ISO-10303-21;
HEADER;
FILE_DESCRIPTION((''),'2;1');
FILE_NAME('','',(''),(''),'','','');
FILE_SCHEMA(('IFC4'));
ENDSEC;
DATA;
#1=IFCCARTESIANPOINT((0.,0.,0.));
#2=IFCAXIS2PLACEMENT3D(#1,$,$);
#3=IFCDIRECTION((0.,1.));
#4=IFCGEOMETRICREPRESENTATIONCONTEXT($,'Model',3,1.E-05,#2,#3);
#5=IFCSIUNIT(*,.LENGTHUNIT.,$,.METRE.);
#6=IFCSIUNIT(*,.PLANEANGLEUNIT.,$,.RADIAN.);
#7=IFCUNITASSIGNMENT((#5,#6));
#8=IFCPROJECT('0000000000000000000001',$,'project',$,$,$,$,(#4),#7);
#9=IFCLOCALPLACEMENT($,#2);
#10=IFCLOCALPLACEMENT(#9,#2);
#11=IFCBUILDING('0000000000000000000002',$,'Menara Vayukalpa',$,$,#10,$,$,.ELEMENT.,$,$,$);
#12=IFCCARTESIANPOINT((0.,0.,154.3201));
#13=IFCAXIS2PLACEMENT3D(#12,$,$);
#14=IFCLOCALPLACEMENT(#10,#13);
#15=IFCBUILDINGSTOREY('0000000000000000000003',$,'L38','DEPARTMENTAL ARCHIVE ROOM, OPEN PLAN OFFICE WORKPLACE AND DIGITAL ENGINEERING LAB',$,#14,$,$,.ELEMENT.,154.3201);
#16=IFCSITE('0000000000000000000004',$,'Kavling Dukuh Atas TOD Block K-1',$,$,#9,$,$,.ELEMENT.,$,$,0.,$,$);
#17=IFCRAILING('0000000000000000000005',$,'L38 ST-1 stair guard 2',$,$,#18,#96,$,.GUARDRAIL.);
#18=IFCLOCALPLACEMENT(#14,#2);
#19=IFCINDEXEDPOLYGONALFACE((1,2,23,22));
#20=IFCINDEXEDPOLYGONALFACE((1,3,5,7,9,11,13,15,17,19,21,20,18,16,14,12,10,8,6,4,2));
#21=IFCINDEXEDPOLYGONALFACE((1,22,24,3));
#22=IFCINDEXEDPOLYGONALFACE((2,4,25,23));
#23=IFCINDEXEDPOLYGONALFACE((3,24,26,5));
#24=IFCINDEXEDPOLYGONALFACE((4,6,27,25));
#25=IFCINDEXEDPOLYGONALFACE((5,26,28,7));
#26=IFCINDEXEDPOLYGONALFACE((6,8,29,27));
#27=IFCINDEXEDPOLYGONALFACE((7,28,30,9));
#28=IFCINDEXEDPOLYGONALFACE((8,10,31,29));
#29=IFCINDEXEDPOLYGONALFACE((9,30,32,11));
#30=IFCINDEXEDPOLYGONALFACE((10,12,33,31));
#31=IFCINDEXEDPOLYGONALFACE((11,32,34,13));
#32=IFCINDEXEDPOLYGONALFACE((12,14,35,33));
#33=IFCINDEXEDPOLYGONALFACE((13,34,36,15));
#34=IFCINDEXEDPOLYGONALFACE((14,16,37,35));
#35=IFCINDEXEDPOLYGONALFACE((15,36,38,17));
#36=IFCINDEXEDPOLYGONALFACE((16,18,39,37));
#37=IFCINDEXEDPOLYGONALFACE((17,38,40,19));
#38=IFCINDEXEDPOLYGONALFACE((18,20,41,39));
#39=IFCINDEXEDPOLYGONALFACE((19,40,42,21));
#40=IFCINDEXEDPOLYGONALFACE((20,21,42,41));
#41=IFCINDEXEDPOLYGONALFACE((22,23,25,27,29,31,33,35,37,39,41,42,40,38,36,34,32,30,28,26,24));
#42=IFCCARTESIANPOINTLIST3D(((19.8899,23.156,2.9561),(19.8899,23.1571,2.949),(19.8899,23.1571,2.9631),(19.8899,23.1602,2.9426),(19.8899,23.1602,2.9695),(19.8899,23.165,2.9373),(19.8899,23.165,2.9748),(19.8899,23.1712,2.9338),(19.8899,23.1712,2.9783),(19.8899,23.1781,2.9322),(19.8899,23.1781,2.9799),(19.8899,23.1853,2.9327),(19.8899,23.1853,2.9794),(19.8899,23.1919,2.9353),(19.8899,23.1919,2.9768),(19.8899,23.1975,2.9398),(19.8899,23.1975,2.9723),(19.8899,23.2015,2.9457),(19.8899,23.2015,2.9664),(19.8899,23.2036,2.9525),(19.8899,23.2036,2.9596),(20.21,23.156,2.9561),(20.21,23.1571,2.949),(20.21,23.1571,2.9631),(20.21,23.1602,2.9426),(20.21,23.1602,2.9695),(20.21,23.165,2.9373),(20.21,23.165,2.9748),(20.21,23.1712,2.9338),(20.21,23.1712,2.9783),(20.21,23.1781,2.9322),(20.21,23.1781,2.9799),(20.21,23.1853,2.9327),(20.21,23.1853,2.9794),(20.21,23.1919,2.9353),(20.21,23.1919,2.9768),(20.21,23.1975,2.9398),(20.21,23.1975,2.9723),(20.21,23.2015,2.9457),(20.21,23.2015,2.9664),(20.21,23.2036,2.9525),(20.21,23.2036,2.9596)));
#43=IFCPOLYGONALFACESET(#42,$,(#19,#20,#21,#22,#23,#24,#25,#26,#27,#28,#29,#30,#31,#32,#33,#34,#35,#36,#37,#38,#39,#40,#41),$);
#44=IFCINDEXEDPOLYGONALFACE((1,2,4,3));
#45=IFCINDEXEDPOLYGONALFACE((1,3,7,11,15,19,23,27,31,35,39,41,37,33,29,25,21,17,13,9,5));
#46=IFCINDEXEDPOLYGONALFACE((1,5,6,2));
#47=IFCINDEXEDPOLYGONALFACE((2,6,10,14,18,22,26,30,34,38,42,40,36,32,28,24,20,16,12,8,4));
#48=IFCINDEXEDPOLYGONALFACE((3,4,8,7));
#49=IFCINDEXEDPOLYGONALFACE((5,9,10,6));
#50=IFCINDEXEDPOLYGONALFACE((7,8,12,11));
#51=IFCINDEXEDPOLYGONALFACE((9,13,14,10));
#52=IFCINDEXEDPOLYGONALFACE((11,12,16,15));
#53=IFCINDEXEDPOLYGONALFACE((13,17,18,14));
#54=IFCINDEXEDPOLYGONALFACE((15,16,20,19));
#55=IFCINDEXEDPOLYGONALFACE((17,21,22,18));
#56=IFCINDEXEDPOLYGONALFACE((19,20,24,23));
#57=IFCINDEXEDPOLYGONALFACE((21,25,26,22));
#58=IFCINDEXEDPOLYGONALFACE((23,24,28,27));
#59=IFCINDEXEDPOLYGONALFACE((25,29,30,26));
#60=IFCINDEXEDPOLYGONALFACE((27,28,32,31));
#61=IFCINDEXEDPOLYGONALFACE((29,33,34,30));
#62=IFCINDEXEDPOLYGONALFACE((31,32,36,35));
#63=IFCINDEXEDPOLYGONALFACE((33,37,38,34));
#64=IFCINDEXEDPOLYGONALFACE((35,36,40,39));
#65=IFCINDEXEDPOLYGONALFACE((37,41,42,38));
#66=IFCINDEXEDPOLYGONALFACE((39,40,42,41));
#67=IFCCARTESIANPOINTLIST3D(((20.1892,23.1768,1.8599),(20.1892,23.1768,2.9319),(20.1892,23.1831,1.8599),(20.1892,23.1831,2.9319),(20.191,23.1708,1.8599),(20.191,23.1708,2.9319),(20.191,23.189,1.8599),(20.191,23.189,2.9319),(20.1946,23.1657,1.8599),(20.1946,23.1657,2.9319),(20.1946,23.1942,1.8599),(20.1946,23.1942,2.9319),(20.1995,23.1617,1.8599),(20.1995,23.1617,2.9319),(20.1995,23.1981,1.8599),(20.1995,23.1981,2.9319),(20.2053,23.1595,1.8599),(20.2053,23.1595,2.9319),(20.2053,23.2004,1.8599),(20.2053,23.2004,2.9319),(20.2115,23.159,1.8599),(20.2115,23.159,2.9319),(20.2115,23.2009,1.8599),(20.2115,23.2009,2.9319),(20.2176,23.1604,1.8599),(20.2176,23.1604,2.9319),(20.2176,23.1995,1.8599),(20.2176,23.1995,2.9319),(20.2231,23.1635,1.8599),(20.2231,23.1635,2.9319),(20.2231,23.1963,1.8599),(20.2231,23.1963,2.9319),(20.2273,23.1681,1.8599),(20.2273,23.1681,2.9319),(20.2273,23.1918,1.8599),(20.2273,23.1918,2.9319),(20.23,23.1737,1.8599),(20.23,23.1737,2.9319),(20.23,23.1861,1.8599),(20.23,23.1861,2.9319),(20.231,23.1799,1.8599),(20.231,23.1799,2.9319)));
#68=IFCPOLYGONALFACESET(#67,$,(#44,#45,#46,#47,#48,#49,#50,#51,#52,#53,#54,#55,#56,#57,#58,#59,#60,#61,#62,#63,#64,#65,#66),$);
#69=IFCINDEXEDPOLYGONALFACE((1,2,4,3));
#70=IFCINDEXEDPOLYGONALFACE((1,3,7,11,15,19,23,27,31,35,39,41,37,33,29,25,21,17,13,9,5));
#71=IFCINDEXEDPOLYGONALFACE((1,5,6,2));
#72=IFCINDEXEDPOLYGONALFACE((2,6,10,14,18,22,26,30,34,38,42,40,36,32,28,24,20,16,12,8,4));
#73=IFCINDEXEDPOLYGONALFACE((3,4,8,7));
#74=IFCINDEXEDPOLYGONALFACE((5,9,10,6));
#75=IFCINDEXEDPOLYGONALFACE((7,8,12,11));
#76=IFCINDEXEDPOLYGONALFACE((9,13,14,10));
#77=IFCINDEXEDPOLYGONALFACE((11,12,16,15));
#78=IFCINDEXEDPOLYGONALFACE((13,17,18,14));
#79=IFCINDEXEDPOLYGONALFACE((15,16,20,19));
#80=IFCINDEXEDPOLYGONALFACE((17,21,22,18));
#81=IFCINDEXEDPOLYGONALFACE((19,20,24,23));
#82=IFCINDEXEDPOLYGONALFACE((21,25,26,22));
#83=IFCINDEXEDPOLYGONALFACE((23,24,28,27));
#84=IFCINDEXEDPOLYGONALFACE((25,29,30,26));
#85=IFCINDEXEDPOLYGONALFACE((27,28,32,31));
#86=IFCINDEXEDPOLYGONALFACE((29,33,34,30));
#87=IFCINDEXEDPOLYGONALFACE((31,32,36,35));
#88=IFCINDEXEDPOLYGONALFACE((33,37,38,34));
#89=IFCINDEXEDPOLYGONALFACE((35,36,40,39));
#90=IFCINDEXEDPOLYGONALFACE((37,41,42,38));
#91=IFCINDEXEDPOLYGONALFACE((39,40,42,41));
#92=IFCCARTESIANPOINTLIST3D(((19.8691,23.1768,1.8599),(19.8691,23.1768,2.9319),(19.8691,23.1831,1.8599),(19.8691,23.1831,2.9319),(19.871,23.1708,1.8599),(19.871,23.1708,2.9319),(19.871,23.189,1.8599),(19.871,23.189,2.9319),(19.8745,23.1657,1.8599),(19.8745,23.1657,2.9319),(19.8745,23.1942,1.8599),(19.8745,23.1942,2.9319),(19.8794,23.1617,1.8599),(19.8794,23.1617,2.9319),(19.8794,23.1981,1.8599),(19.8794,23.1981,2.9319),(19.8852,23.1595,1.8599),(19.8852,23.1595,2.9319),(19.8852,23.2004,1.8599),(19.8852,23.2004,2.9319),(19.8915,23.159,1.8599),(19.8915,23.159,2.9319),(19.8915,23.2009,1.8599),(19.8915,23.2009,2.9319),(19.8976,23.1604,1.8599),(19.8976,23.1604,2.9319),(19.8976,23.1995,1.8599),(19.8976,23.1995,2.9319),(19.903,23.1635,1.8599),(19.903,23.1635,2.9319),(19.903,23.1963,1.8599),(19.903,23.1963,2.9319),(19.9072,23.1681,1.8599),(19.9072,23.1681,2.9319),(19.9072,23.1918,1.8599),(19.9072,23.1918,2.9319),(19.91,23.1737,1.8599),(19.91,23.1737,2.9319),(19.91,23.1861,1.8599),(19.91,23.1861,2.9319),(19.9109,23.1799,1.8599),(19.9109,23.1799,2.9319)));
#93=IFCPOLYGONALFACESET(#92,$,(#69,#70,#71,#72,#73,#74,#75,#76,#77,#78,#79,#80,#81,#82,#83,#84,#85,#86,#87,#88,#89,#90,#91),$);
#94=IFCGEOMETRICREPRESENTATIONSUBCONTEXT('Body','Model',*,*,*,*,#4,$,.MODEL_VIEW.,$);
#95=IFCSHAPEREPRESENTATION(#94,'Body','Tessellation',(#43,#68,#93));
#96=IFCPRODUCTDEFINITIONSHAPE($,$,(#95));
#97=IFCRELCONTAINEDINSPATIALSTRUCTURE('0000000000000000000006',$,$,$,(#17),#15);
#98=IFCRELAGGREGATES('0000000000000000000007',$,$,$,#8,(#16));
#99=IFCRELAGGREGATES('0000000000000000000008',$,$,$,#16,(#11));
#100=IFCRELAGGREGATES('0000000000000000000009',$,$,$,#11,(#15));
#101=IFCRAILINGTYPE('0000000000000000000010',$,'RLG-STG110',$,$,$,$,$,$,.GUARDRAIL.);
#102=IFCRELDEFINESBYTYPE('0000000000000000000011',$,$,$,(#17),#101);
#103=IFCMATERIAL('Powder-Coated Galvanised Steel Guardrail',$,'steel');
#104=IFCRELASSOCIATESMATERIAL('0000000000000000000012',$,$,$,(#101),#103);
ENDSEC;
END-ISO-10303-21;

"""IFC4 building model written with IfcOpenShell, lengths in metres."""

from ifc_helpers import new_model, si_unit, direction, frame, origin, origin_2d, place, context, subcontext, project, spatial, circle, extrude, material, type_object, element, save


model = new_model("IFC4")

# Units and contexts
model_context = context("Model", 3, precision=1e-05, world=origin(), true_north=direction((0.0, 1.0)))
body_context = subcontext(model_context, "Body", "Model", "MODEL_VIEW")
ifc_project = project(units=[si_unit("LENGTHUNIT", "METRE"), si_unit("PLANEANGLEUNIT", "RADIAN")], contexts=[model_context])

# Site, building, storey
site_placement = place(None, origin())
site = spatial("IfcSite", under=ifc_project, at=site_placement, Name="Kavling Dukuh Atas TOD Block K-1", CompositionType="ELEMENT", RefElevation=0.0)
building_placement = place(site_placement, origin())
building = spatial("IfcBuilding", under=site, at=building_placement, Name="Menara Vayukalpa", CompositionType="ELEMENT")
storey_placement = place(building_placement, frame((0.0, 0.0, 154.3201)))
storey = spatial("IfcBuildingStorey", under=building, at=storey_placement, Name="L38", Description="DEPARTMENTAL ARCHIVE ROOM, OPEN PLAN OFFICE WORKPLACE AND DIGITAL ENGINEERING LAB", CompositionType="ELEMENT", Elevation=154.3201)

# Railing
ifc_material_1 = material(Name="Powder-Coated Galvanised Steel Guardrail", Category="steel")
railing_type_1 = type_object("IfcRailingType", Name="RLG-STG110", PredefinedType="GUARDRAIL", material=ifc_material_1)
railing_1_placement = place(storey_placement, frame((20.21, 23.1799, 1.8599)))
element("IfcRailing", 1, at=railing_1_placement, inside=storey, type_object=railing_type_1, Name="L38 ST-1 stair guard 2", PredefinedType="GUARDRAIL", context=body_context, shape_type="SweptSolid", body=[
    extrude(circle(Radius=0.0239, at=origin_2d()), frame((0.0, 0.0, 1.0962), z_axis=(-1.0, 0.0, 0.0), x_axis=(0.0, -1.0, 0.0)), (0.0, 0.0, 1.0), 0.3201),
    extrude(circle(Radius=0.021, at=origin_2d()), origin(), (0.0, 0.0, 1.0), 1.072),
    extrude(circle(Radius=0.021, at=origin_2d()), frame((-0.3201, 0.0, 0.0)), (0.0, 0.0, 1.0), 1.072),
])

save(model, "model.ifc")
